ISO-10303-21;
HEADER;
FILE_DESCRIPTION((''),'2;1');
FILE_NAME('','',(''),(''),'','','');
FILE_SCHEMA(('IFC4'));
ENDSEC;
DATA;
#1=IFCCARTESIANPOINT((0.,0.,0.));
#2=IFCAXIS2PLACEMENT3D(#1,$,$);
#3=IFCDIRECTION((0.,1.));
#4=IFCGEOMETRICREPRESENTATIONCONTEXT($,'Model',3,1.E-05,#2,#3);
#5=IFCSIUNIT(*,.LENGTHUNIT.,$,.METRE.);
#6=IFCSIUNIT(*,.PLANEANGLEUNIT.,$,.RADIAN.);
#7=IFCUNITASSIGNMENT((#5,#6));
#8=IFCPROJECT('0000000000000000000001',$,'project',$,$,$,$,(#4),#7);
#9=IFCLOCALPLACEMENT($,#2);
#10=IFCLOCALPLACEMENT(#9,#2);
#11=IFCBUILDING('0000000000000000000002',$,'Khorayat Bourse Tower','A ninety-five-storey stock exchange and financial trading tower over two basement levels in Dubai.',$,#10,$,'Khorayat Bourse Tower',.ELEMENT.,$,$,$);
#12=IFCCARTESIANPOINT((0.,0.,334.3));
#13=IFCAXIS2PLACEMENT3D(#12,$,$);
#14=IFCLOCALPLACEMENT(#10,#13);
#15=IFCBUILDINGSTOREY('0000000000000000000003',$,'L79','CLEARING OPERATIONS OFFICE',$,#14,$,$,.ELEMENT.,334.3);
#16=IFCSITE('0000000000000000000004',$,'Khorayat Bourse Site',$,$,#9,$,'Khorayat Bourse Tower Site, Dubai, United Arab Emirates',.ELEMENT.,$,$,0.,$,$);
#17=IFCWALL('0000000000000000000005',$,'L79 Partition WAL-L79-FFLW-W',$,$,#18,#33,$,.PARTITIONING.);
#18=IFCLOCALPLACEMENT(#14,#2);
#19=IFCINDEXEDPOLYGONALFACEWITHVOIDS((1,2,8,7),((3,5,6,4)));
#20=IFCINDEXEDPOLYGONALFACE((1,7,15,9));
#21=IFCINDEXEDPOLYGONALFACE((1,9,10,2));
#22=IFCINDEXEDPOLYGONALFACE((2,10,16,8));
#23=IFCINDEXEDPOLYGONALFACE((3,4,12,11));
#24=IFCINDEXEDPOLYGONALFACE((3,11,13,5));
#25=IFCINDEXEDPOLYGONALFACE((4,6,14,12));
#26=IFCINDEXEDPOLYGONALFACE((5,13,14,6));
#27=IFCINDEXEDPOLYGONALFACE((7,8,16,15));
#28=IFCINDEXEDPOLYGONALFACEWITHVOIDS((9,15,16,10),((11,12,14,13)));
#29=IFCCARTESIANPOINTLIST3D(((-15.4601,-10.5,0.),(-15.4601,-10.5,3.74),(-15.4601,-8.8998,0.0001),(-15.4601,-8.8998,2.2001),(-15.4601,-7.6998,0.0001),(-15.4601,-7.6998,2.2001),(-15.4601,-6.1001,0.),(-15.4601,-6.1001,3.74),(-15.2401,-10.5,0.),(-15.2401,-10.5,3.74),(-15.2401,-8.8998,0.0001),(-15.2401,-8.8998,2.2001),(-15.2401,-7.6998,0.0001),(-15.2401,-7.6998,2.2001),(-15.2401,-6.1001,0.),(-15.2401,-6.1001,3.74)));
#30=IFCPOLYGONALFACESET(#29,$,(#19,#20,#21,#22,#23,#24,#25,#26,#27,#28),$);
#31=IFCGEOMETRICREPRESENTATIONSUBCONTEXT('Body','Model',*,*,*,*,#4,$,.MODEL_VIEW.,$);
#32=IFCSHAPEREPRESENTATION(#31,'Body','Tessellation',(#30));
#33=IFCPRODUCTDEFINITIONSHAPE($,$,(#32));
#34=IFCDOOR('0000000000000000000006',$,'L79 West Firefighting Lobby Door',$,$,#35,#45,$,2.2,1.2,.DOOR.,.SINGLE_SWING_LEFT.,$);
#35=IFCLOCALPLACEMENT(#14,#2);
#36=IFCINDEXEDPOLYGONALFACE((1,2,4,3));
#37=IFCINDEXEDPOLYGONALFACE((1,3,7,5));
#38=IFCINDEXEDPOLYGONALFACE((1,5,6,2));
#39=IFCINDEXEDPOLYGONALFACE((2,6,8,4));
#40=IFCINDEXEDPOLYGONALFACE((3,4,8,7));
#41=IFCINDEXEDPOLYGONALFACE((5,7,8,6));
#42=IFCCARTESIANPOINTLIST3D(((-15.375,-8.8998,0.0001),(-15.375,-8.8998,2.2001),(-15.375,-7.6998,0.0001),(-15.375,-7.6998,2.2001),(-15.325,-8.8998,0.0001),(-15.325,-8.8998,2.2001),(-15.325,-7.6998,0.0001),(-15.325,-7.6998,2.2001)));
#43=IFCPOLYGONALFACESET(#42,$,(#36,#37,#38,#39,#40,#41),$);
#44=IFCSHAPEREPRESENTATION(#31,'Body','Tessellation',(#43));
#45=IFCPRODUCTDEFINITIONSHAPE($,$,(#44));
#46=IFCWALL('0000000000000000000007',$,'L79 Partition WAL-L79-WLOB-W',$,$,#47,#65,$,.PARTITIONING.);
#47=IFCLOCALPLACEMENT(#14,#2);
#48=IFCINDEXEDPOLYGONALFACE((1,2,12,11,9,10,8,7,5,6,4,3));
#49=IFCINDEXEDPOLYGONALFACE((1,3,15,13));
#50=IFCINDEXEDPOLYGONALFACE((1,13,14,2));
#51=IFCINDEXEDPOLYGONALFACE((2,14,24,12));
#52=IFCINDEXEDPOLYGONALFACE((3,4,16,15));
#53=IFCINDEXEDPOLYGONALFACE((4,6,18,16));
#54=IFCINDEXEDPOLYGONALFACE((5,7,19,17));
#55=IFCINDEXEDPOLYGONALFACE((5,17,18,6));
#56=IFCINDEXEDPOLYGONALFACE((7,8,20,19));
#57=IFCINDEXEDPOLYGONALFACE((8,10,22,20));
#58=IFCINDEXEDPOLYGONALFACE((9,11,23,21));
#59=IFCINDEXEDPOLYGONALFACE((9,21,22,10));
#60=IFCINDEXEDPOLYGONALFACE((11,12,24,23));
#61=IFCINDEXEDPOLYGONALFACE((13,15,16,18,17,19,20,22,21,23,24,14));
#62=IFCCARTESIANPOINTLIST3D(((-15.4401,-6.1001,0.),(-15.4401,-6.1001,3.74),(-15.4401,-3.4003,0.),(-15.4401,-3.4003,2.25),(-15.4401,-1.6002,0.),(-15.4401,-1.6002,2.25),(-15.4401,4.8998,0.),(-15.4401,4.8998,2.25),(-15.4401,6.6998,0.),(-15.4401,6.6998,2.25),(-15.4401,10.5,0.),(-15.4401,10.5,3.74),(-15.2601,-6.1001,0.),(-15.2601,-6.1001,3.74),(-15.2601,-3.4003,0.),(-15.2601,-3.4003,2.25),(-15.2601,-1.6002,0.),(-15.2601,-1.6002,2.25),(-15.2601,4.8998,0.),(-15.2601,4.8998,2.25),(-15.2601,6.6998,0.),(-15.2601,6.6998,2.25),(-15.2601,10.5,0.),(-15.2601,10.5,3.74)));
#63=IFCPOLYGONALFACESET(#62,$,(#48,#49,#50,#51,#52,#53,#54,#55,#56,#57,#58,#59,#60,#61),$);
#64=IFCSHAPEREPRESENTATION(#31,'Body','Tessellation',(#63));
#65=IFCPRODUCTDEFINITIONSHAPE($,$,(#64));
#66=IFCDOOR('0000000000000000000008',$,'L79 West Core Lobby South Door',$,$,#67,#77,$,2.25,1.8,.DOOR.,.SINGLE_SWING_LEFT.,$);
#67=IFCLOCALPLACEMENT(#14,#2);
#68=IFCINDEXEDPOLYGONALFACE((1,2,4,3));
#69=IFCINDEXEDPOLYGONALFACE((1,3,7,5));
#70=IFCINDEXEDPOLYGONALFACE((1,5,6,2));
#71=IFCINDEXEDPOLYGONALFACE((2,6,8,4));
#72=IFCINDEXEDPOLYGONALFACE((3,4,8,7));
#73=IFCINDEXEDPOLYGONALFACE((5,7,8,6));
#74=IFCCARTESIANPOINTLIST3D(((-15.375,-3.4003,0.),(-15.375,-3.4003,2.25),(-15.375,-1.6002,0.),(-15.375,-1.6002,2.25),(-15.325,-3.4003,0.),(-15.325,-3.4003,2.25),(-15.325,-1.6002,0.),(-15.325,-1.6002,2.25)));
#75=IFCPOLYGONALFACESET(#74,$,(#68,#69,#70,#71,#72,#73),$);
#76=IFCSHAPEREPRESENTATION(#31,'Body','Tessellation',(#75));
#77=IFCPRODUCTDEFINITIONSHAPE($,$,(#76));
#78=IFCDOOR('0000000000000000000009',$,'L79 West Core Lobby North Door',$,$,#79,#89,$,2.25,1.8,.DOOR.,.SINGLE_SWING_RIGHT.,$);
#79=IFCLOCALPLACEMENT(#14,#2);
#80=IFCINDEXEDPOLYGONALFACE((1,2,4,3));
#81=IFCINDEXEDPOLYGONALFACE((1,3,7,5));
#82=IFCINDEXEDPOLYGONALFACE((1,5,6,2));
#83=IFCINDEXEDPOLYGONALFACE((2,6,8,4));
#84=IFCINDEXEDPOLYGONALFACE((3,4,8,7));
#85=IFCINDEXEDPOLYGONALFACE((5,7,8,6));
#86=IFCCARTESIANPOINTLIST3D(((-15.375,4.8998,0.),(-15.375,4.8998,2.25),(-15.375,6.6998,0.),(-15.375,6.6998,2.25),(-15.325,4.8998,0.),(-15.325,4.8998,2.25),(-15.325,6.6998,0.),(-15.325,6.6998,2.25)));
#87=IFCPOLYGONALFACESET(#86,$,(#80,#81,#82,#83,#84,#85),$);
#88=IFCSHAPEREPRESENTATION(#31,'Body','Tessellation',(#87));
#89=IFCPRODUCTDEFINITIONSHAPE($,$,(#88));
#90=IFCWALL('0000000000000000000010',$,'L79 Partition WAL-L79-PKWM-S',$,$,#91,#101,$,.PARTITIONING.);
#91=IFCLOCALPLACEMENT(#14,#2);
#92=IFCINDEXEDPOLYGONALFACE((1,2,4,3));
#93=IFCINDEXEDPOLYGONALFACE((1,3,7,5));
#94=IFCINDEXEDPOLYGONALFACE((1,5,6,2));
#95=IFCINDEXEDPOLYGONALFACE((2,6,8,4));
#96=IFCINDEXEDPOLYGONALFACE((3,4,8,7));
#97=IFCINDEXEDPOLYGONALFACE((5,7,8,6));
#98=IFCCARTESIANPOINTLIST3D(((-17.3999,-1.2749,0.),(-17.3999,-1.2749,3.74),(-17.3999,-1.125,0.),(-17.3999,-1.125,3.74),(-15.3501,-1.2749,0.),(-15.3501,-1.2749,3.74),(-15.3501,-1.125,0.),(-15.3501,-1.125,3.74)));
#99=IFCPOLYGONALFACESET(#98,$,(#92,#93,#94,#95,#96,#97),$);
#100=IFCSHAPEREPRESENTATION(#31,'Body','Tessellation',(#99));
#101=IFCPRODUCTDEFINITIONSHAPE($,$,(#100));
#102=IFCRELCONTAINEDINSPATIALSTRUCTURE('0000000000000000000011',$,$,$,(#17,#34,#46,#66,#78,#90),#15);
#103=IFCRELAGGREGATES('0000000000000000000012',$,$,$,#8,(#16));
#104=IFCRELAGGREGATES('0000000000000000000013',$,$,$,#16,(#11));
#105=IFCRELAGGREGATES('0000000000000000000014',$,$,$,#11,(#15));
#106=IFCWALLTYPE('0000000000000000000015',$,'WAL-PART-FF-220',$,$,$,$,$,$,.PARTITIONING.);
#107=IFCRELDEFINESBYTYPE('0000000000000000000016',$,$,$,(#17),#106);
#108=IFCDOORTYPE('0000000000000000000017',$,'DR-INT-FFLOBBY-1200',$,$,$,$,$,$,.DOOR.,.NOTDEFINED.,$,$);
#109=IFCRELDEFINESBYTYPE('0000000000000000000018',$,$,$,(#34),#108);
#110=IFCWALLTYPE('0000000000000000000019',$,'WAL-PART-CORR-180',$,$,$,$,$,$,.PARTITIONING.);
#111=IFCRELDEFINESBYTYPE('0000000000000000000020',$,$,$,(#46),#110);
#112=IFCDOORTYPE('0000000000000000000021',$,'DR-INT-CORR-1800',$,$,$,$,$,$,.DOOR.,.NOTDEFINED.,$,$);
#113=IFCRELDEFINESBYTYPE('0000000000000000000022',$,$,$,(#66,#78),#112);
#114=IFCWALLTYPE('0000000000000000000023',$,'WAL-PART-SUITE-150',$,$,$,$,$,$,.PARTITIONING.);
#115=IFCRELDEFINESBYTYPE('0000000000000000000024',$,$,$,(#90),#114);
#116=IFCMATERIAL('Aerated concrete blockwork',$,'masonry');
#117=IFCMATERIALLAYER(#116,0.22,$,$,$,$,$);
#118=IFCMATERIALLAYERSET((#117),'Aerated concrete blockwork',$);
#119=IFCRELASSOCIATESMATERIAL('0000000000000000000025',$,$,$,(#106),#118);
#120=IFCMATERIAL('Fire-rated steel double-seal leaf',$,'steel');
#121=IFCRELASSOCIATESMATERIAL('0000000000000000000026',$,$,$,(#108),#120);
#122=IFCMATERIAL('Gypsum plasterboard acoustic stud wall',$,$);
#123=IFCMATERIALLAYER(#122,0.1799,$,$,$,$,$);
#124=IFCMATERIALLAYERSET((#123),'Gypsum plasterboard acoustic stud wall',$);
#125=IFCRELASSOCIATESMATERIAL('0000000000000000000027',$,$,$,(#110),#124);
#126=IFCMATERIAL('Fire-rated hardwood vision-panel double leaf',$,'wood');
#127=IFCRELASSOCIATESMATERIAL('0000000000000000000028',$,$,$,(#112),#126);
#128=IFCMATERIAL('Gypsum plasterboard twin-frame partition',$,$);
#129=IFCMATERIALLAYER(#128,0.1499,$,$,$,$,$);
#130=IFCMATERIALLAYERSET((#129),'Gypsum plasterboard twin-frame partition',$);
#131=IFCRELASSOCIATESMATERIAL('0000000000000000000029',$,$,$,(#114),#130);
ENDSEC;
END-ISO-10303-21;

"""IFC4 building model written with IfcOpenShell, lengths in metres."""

from ifc_helpers import new_model, si_unit, direction, frame, frame_2d, origin, place, context, subcontext, project, spatial, rectangle, extrude, source, transform, mapped, material, layer, layer_set, type_object, element, fill, save


model = new_model("IFC4")

# Units and contexts
model_context = context("Model", 3, precision=1e-05, world=origin(), true_north=direction((0.0, 1.0)))
body_context = subcontext(model_context, "Body", "Model", "MODEL_VIEW")
ifc_project = project(units=[si_unit("LENGTHUNIT", "METRE"), si_unit("PLANEANGLEUNIT", "RADIAN")], contexts=[model_context])

# Site, building, storey
site_placement = place(None, origin())
site = spatial("IfcSite", under=ifc_project, at=site_placement, Name="Khorayat Bourse Site", LongName="Khorayat Bourse Tower Site, Dubai, United Arab Emirates", CompositionType="ELEMENT", RefElevation=0.0)
building_placement = place(site_placement, origin())
building = spatial("IfcBuilding", under=site, at=building_placement, Name="Khorayat Bourse Tower", Description="A ninety-five-storey stock exchange and financial trading tower over two basement levels in Dubai.", LongName="Khorayat Bourse Tower", CompositionType="ELEMENT")
storey_placement = place(building_placement, frame((0.0, 0.0, 334.3)))
storey = spatial("IfcBuildingStorey", under=building, at=storey_placement, Name="L79", Description="CLEARING OPERATIONS OFFICE", CompositionType="ELEMENT", Elevation=334.3)

# Shared definitions
ifc_material_1 = material(Name="Aerated concrete blockwork", Category="masonry")
ifc_layer_1 = layer(ifc_material_1, 0.22)
ifc_layer_set_1 = layer_set([ifc_layer_1], Name="Aerated concrete blockwork")
wall_type_1 = type_object("IfcWallType", Name="WAL-PART-FF-220", PredefinedType="PARTITIONING", material=ifc_layer_set_1)

# Wall, opening, door
shared_shape_1 = source(origin(), body_context, "Body", "SweptSolid", [
    extrude(rectangle(XDim=4.3999, YDim=0.22, at=frame_2d((2.2, 0.0))), origin(), (0.0, 0.0, 1.0), 3.74),
])
wall_1_placement = place(storey_placement, frame((-15.3501, -10.5, 0.0), z_axis=(0.0, 0.0, 1.0), x_axis=(0.0, 1.0, 0.0)))
wall_1 = element("IfcWall", 1, at=wall_1_placement, inside=storey, type_object=wall_type_1, Name="L79 Partition WAL-L79-FFLW-W", PredefinedType="PARTITIONING", context=body_context, shape_type="MappedRepresentation", body=[
    mapped(shared_shape_1, transform((0.0, 0.0, 0.0), scale=1.0)),
])
shared_shape_2 = source(origin(), body_context, "Body", "SweptSolid", [
    extrude(rectangle(XDim=1.2, YDim=2.2, at=frame_2d((0.6001, 1.1001))), frame((0.0, 0.1199, 0.0), z_axis=(0.0, -1.0, 0.0), x_axis=(1.0, 0.0, 0.0)), (0.0, 0.0, 1.0), 0.24),
])
opening_1_placement = place(wall_1_placement, frame((1.6001, 0.0, 0.0)))
opening_1 = element("IfcOpeningElement", 2, at=opening_1_placement, cuts=wall_1, PredefinedType="OPENING", context=body_context, shape_type="MappedRepresentation", body=[
    mapped(shared_shape_2, transform((0.0, 0.0, 0.0), scale=1.0)),
])
ifc_material_2 = material(Name="Fire-rated steel double-seal leaf", Category="steel")
door_type_1 = type_object("IfcDoorType", Name="DR-INT-FFLOBBY-1200", OperationType="NOTDEFINED", PredefinedType="DOOR", material=ifc_material_2)
shared_shape_3 = source(origin(), body_context, "Body", "SweptSolid", [
    extrude(rectangle(XDim=1.2, YDim=2.2, at=frame_2d((0.6001, 1.1001))), frame((0.0, 0.0249, 0.0), z_axis=(0.0, -1.0, 0.0), x_axis=(1.0, 0.0, 0.0)), (0.0, 0.0, 1.0), 0.05),
])
door_1_placement = place(opening_1_placement, origin())
door_1 = element("IfcDoor", 3, at=door_1_placement, inside=storey, type_object=door_type_1, Name="L79 West Firefighting Lobby Door", OperationType="SINGLE_SWING_LEFT", OverallHeight=2.2, OverallWidth=1.2, PredefinedType="DOOR", context=body_context, shape_type="MappedRepresentation", body=[
    mapped(shared_shape_3, transform((0.0, 0.0, 0.0), scale=1.0)),
])
fill(opening_1, door_1)

# Wall, openings, doors
ifc_material_3 = material(Name="Gypsum plasterboard acoustic stud wall")
ifc_layer_2 = layer(ifc_material_3, 0.1799)
ifc_layer_set_2 = layer_set([ifc_layer_2], Name="Gypsum plasterboard acoustic stud wall")
wall_type_2 = type_object("IfcWallType", Name="WAL-PART-CORR-180", PredefinedType="PARTITIONING", material=ifc_layer_set_2)
shared_shape_4 = source(origin(), body_context, "Body", "SweptSolid", [
    extrude(rectangle(XDim=16.6001, YDim=0.1799, at=frame_2d((8.3, 0.0))), origin(), (0.0, 0.0, 1.0), 3.74),
])
wall_2_placement = place(storey_placement, frame((-15.3501, -6.1001, 0.0), z_axis=(0.0, 0.0, 1.0), x_axis=(0.0, 1.0, 0.0)))
wall_2 = element("IfcWall", 4, at=wall_2_placement, inside=storey, type_object=wall_type_2, Name="L79 Partition WAL-L79-WLOB-W", PredefinedType="PARTITIONING", context=body_context, shape_type="MappedRepresentation", body=[
    mapped(shared_shape_4, transform((0.0, 0.0, 0.0), scale=1.0)),
])
shared_shape_5 = source(origin(), body_context, "Body", "SweptSolid", [
    extrude(rectangle(XDim=1.8, YDim=2.25, at=frame_2d((0.8999, 1.125))), frame((0.0, 0.0999, 0.0), z_axis=(0.0, -1.0, 0.0), x_axis=(1.0, 0.0, 0.0)), (0.0, 0.0, 1.0), 0.2),
])
opening_2_placement = place(wall_2_placement, frame((2.7, 0.0, 0.0)))
opening_2 = element("IfcOpeningElement", 5, at=opening_2_placement, cuts=wall_2, PredefinedType="OPENING", context=body_context, shape_type="MappedRepresentation", body=[
    mapped(shared_shape_5, transform((0.0, 0.0, 0.0), scale=1.0)),
])
opening_3_placement = place(wall_2_placement, frame((11.0, 0.0, 0.0)))
opening_3 = element("IfcOpeningElement", 6, at=opening_3_placement, cuts=wall_2, PredefinedType="OPENING", context=body_context, shape_type="MappedRepresentation", body=[
    mapped(shared_shape_5, transform((0.0, 0.0, 0.0), scale=1.0)),
])
ifc_material_4 = material(Name="Fire-rated hardwood vision-panel double leaf", Category="wood")
door_type_2 = type_object("IfcDoorType", Name="DR-INT-CORR-1800", OperationType="NOTDEFINED", PredefinedType="DOOR", material=ifc_material_4)
shared_shape_6 = source(origin(), body_context, "Body", "SweptSolid", [
    extrude(rectangle(XDim=1.8, YDim=2.25, at=frame_2d((0.8999, 1.125))), frame((0.0, 0.0249, 0.0), z_axis=(0.0, -1.0, 0.0), x_axis=(1.0, 0.0, 0.0)), (0.0, 0.0, 1.0), 0.05),
])
door_2_placement = place(opening_2_placement, origin())
door_2 = element("IfcDoor", 7, at=door_2_placement, inside=storey, type_object=door_type_2, Name="L79 West Core Lobby South Door", OperationType="SINGLE_SWING_LEFT", OverallHeight=2.25, OverallWidth=1.8, PredefinedType="DOOR", context=body_context, shape_type="MappedRepresentation", body=[
    mapped(shared_shape_6, transform((0.0, 0.0, 0.0), scale=1.0)),
])
fill(opening_2, door_2)
door_3_placement = place(opening_3_placement, origin())
door_3 = element("IfcDoor", 8, at=door_3_placement, inside=storey, type_object=door_type_2, Name="L79 West Core Lobby North Door", OperationType="SINGLE_SWING_RIGHT", OverallHeight=2.25, OverallWidth=1.8, PredefinedType="DOOR", context=body_context, shape_type="MappedRepresentation", body=[
    mapped(shared_shape_6, transform((0.0, 0.0, 0.0), scale=1.0)),
])
fill(opening_3, door_3)

# Wall
ifc_material_5 = material(Name="Gypsum plasterboard twin-frame partition")
ifc_layer_3 = layer(ifc_material_5, 0.1499)
ifc_layer_set_3 = layer_set([ifc_layer_3], Name="Gypsum plasterboard twin-frame partition")
wall_type_3 = type_object("IfcWallType", Name="WAL-PART-SUITE-150", PredefinedType="PARTITIONING", material=ifc_layer_set_3)
shared_shape_7 = source(origin(), body_context, "Body", "SweptSolid", [
    extrude(rectangle(XDim=2.0498, YDim=0.1499, at=frame_2d((1.0249, 0.0))), origin(), (0.0, 0.0, 1.0), 3.74),
])
wall_3_placement = place(storey_placement, frame((-17.3999, -1.2, 0.0), z_axis=(0.0, 0.0, 1.0), x_axis=(1.0, 0.0, 0.0)))
element("IfcWall", 9, at=wall_3_placement, inside=storey, type_object=wall_type_3, Name="L79 Partition WAL-L79-PKWM-S", PredefinedType="PARTITIONING", context=body_context, shape_type="MappedRepresentation", body=[
    mapped(shared_shape_7, transform((0.0, 0.0, 0.0), scale=1.0)),
])

save(model, "model.ifc")
